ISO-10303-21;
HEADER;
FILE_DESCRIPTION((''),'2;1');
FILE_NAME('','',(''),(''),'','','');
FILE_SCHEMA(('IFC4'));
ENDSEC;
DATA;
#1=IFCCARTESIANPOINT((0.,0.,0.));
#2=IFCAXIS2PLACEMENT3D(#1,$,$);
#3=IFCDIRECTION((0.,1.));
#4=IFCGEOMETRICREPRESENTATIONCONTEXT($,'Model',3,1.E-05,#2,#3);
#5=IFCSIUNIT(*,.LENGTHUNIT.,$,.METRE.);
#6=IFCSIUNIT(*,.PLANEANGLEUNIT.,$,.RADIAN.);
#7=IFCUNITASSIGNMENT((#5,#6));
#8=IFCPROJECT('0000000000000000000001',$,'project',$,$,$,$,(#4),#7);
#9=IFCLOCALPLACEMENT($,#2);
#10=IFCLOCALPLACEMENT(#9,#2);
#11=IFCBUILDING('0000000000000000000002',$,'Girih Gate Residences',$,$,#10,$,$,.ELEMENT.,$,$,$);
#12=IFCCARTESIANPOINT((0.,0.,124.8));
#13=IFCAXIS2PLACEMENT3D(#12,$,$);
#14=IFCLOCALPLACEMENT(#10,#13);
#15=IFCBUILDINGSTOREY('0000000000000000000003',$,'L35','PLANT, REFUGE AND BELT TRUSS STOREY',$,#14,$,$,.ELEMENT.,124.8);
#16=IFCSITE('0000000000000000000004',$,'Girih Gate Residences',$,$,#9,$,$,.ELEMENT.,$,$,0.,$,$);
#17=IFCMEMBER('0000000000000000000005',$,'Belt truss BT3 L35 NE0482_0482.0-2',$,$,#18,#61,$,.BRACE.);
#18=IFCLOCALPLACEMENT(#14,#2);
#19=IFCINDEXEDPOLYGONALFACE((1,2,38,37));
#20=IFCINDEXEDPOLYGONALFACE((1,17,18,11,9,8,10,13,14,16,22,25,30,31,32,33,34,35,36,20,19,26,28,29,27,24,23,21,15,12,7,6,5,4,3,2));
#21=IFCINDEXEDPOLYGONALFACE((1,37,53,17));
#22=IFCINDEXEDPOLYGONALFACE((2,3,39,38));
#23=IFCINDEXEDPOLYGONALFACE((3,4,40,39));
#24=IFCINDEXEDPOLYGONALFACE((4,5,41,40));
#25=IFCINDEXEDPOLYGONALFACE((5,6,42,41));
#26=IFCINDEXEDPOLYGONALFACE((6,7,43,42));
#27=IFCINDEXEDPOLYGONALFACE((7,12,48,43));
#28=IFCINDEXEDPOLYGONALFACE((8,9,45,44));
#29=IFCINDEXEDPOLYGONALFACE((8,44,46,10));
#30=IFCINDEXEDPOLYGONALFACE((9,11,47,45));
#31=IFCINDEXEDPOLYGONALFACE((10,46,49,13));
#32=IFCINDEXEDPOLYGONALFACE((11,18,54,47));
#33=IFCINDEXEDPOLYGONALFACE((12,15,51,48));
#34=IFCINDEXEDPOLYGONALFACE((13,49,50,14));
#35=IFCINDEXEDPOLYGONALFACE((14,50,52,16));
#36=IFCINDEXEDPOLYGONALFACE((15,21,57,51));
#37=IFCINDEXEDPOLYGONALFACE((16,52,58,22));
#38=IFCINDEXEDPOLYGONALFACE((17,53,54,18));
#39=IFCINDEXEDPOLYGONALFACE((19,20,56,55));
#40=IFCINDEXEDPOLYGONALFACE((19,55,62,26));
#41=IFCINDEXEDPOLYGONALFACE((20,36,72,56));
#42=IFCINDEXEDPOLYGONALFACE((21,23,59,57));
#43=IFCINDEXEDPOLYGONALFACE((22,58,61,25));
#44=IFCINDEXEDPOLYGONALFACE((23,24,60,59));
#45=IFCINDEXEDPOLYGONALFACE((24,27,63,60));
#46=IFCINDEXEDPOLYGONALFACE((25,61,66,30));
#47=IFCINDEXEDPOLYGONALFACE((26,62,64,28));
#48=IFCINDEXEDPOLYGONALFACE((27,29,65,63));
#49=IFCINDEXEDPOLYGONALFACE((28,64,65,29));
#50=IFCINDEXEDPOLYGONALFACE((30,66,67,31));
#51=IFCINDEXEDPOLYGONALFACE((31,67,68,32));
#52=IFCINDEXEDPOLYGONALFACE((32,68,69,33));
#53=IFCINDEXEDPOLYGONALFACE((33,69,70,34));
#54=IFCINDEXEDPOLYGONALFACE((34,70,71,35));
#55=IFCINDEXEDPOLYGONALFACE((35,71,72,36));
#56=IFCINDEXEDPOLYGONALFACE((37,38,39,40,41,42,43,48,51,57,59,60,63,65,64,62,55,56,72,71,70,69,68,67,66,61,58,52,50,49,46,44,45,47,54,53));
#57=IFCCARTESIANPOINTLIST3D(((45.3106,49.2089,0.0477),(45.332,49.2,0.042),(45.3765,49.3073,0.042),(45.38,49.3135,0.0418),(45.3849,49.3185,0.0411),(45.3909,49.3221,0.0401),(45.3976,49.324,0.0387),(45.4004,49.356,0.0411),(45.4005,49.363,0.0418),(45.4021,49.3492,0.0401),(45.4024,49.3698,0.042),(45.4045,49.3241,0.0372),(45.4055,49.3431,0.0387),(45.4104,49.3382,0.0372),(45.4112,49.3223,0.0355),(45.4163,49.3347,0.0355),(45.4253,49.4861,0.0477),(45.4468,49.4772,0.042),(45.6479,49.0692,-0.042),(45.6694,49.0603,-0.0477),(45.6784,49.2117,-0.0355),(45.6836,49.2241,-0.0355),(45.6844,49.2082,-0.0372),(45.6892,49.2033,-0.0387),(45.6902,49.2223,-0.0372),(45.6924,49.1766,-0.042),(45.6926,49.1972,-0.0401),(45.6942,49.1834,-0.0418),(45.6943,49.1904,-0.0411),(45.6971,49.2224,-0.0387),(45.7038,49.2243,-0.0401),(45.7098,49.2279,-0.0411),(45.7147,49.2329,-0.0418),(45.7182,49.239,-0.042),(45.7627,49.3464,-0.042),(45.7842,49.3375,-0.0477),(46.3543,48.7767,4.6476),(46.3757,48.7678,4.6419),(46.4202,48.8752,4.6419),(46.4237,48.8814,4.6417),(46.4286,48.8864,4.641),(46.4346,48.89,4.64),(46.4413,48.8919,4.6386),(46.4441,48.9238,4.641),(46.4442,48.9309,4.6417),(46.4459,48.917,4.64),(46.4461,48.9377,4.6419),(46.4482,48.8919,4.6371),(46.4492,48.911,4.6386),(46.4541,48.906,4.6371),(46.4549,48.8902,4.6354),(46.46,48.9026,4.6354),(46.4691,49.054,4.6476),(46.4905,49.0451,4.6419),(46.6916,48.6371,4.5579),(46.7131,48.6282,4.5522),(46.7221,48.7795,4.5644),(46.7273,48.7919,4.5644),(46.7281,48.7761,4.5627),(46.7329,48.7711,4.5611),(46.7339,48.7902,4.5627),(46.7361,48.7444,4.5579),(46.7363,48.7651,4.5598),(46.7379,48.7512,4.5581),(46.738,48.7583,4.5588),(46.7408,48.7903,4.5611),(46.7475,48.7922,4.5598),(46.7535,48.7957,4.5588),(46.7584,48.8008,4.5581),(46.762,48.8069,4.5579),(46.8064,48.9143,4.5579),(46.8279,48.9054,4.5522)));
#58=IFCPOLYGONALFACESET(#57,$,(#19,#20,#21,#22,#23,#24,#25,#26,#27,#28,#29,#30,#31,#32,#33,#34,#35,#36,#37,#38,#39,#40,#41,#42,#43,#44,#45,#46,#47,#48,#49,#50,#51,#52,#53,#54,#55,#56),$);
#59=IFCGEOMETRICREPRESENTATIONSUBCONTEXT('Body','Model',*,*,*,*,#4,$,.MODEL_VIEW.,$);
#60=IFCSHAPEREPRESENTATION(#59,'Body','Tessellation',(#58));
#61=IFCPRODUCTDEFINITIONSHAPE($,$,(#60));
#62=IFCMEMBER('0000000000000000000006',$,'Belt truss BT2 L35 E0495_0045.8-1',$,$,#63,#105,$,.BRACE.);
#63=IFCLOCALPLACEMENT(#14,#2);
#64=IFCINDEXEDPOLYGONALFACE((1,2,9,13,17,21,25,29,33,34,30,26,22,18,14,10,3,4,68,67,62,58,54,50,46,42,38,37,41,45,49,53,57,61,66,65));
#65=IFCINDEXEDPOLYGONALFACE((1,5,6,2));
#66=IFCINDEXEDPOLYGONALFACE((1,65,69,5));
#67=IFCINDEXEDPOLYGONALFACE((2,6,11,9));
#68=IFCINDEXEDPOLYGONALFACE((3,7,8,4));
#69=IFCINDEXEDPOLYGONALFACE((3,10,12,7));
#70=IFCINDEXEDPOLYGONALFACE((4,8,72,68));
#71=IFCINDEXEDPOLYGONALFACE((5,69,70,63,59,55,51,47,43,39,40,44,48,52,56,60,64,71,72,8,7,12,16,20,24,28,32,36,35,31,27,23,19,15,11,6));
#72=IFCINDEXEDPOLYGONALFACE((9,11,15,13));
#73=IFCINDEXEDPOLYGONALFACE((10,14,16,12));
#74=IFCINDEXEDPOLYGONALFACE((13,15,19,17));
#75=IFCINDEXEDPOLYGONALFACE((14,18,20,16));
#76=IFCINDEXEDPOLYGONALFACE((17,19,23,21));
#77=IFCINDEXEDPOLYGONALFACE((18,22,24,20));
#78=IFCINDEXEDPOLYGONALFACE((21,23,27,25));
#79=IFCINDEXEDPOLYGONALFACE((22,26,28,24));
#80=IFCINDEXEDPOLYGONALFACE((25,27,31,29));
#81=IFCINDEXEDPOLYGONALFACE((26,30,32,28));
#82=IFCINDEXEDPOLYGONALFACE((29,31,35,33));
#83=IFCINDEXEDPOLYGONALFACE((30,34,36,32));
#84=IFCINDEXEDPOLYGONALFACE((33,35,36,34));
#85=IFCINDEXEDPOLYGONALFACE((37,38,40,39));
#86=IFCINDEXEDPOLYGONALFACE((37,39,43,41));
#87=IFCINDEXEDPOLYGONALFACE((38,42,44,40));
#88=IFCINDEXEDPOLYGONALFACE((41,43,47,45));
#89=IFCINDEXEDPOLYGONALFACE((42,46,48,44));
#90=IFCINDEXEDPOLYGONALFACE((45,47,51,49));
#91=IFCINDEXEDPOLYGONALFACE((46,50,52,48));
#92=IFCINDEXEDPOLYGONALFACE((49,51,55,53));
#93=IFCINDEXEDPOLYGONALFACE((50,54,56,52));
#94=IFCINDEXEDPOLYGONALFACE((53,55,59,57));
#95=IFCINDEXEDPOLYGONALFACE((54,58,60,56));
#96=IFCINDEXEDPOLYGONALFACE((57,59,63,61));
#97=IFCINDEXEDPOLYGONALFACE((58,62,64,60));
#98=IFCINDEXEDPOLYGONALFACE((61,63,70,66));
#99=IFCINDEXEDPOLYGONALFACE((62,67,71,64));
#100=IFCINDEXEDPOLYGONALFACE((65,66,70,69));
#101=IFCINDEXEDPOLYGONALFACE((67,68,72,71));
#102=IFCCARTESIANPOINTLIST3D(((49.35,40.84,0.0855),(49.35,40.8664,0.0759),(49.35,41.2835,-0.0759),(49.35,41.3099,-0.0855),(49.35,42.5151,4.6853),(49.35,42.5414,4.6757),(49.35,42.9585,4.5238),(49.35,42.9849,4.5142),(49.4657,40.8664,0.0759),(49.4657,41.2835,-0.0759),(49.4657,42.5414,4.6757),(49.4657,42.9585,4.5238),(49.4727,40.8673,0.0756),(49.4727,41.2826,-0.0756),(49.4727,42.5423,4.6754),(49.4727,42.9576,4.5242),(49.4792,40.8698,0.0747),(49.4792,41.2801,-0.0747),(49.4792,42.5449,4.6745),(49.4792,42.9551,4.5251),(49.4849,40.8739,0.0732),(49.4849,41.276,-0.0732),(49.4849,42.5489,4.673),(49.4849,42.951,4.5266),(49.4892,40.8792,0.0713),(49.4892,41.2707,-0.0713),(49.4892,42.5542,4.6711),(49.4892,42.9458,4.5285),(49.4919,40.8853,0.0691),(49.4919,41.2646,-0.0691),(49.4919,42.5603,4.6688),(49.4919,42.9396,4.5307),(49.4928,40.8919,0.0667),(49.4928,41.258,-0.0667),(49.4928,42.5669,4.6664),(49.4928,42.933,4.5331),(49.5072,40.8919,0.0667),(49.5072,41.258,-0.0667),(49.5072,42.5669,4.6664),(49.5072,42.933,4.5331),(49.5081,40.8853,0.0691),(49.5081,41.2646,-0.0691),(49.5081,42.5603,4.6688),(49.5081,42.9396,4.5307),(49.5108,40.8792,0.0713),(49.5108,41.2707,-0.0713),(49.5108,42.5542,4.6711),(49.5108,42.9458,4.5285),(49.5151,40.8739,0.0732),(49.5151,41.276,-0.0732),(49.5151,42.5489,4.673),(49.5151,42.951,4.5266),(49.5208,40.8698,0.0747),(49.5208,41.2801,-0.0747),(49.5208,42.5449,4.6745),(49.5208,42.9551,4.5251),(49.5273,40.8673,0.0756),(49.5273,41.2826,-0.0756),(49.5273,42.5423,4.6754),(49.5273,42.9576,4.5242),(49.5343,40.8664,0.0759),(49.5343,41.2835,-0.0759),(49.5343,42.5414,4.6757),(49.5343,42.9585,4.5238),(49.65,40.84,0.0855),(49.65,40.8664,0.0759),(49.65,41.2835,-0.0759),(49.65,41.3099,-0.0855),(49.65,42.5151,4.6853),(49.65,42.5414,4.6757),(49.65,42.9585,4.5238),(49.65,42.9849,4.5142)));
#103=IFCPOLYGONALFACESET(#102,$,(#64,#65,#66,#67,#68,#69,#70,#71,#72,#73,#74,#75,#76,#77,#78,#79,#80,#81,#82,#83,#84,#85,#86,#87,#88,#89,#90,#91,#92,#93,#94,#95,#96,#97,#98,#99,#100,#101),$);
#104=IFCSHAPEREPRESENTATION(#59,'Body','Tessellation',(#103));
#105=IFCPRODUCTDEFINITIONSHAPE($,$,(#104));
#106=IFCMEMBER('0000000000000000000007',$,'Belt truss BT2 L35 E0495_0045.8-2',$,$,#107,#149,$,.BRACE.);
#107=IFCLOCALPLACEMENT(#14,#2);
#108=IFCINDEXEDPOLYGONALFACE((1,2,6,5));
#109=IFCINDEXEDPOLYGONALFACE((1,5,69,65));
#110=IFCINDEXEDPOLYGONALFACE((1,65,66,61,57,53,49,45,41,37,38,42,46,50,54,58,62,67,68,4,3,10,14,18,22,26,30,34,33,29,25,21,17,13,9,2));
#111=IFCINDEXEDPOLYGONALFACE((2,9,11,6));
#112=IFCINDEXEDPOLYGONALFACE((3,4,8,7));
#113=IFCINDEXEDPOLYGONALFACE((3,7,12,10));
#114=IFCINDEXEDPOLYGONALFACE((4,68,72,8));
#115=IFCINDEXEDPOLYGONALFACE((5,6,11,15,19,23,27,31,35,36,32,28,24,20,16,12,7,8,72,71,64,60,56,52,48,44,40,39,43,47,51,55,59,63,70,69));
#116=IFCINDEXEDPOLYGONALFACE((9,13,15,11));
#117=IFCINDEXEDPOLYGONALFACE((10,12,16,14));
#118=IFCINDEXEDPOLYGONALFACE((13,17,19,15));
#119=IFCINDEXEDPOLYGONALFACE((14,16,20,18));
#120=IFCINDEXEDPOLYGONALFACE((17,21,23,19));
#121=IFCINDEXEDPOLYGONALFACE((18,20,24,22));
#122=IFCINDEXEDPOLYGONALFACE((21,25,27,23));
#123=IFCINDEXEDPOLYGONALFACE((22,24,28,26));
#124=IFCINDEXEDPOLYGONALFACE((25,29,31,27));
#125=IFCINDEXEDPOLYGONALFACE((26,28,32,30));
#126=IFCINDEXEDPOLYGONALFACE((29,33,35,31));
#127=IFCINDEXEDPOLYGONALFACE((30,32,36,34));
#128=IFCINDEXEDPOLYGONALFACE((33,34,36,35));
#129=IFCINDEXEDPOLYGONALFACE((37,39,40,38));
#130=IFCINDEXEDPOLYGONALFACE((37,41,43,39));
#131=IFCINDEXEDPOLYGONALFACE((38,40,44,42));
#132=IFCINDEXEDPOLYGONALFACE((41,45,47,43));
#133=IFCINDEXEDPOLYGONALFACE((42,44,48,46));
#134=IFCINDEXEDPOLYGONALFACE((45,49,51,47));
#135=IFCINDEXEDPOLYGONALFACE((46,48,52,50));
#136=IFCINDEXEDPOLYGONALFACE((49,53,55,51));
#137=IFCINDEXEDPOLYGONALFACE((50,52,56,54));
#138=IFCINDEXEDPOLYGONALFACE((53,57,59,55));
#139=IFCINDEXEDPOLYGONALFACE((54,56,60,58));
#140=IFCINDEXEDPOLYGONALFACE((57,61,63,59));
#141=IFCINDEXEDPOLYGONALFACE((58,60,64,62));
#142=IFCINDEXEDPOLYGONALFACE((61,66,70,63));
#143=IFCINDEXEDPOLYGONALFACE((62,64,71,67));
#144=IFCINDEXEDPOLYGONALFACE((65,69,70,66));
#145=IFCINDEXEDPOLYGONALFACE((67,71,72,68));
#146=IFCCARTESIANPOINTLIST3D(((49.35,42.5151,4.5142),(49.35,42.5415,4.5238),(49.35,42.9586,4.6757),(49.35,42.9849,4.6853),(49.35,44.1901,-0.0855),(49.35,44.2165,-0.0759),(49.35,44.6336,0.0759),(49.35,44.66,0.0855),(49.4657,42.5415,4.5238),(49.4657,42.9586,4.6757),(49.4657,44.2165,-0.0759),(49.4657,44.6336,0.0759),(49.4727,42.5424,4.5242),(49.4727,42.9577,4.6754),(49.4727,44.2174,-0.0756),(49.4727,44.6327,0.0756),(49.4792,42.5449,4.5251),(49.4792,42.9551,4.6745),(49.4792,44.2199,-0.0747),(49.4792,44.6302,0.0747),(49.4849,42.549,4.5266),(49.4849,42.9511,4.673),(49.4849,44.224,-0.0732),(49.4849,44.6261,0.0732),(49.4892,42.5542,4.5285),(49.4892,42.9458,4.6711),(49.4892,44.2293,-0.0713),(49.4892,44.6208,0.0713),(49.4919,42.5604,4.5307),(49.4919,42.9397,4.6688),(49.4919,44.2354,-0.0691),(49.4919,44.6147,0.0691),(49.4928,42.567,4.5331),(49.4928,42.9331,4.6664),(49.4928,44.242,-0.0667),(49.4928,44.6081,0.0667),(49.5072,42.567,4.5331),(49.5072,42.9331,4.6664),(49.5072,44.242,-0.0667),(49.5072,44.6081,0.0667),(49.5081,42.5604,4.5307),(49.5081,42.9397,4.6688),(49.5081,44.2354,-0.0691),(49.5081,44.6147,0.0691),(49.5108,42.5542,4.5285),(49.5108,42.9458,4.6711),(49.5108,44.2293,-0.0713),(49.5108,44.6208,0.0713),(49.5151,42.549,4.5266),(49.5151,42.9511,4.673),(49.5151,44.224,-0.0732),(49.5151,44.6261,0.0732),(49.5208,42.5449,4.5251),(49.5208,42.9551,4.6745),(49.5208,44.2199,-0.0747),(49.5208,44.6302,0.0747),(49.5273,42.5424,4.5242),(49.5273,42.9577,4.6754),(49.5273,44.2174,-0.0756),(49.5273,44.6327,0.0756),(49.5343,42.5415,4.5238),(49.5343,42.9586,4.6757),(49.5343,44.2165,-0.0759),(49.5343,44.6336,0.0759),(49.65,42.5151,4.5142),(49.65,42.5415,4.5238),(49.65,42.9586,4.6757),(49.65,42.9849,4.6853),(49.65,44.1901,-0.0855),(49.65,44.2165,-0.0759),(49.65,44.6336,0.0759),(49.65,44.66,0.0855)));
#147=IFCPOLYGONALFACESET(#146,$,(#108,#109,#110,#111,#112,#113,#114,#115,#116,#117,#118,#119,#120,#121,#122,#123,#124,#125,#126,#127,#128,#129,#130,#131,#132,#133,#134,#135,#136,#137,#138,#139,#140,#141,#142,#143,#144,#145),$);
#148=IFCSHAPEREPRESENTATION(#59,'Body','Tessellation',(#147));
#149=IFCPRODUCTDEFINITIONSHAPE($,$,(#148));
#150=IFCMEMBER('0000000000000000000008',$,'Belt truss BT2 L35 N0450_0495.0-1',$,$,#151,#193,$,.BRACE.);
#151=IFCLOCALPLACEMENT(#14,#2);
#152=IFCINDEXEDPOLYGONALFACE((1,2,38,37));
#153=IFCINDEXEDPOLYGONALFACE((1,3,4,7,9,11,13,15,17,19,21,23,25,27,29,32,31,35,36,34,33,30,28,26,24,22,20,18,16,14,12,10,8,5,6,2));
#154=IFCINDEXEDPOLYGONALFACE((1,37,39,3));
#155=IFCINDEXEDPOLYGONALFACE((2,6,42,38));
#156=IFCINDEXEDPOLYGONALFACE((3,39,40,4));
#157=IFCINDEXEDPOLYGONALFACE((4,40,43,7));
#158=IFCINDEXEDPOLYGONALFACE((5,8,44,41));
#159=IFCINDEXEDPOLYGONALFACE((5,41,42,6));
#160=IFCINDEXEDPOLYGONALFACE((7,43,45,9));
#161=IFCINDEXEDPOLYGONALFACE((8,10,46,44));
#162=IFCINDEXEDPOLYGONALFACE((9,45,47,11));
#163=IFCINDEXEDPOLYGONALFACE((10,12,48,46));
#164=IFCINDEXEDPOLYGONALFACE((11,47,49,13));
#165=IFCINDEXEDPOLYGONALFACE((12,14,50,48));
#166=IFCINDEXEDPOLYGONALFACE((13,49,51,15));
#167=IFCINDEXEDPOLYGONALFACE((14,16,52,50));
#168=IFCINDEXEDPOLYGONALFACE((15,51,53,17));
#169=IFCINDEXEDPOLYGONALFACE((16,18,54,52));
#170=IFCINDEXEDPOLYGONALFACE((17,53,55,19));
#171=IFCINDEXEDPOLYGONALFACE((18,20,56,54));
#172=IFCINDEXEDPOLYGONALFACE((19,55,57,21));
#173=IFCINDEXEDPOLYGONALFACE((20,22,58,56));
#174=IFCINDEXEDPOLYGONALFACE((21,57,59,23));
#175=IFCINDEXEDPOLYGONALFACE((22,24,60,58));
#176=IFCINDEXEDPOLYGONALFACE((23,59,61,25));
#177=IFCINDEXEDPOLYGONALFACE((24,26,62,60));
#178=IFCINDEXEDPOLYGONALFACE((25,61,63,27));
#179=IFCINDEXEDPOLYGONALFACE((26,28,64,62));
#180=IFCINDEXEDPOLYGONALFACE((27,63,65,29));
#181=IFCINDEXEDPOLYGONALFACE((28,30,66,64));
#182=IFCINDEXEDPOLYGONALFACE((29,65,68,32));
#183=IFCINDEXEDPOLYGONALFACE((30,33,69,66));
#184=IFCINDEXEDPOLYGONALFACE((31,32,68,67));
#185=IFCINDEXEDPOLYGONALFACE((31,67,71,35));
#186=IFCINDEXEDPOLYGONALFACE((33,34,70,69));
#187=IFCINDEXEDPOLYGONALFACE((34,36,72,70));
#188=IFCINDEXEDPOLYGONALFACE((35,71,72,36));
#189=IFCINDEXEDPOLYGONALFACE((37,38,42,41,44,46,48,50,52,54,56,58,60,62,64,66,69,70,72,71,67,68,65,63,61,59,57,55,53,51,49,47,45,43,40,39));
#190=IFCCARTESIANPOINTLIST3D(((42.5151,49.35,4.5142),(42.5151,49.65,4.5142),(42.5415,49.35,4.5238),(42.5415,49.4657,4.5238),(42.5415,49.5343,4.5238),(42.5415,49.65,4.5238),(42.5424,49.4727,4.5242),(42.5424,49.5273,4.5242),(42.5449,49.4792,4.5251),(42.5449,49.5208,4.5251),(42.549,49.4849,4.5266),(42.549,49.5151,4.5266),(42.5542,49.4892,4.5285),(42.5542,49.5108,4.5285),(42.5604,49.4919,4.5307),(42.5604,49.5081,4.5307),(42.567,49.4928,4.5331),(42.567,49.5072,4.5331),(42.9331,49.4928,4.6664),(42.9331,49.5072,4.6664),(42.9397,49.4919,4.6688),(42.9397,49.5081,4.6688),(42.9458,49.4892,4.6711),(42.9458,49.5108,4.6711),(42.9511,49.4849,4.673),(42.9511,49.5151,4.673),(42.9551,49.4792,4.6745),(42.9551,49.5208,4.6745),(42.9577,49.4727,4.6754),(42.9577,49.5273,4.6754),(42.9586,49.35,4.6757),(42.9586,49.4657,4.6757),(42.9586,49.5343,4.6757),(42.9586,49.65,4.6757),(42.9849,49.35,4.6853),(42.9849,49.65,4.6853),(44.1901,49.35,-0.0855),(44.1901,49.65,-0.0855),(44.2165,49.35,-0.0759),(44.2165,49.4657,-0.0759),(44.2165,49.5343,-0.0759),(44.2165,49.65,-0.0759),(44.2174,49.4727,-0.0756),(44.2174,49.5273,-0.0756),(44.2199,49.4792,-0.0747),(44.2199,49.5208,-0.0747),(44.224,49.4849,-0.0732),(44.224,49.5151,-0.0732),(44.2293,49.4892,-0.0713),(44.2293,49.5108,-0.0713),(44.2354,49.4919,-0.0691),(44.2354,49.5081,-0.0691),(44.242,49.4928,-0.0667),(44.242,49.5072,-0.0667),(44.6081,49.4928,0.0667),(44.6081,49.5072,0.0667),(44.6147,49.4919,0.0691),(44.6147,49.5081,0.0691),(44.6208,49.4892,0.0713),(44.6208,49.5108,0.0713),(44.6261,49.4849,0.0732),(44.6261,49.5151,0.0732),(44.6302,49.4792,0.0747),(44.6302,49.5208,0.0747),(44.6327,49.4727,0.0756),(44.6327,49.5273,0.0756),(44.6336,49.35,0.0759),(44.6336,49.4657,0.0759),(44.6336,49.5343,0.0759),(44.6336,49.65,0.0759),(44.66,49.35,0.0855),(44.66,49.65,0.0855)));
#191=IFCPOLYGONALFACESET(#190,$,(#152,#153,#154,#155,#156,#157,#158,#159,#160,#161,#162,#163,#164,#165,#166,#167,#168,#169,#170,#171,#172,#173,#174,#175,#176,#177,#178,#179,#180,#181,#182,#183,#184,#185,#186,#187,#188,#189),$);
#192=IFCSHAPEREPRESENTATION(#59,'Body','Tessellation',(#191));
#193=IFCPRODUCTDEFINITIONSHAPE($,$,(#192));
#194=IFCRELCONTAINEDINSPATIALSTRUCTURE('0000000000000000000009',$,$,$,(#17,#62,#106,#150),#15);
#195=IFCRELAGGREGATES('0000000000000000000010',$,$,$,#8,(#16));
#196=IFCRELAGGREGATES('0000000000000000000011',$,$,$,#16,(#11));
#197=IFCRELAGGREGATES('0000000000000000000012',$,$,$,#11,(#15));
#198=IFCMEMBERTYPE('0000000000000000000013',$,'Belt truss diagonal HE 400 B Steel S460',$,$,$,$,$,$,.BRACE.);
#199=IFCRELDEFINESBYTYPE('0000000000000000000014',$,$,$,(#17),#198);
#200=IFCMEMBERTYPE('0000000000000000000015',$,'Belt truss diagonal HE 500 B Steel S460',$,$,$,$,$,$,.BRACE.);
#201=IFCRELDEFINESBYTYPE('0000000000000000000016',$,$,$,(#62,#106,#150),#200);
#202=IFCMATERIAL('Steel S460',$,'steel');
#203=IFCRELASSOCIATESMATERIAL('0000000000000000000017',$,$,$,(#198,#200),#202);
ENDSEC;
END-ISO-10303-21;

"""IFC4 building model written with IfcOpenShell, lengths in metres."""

from ifc_helpers import new_model, si_unit, direction, frame, origin, origin_2d, place, context, subcontext, project, spatial, i_section, extrude, material, material_profile, profile_set, type_object, element, save


model = new_model("IFC4")

# Units and contexts
model_context = context("Model", 3, precision=1e-05, world=origin(), true_north=direction((0.0, 1.0)))
body_context = subcontext(model_context, "Body", "Model", "MODEL_VIEW")
ifc_project = project(units=[si_unit("LENGTHUNIT", "METRE"), si_unit("PLANEANGLEUNIT", "RADIAN")], contexts=[model_context])

# Site, building, storey
site_placement = place(None, origin())
site = spatial("IfcSite", under=ifc_project, at=site_placement, Name="Girih Gate Residences", CompositionType="ELEMENT", RefElevation=0.0)
building_placement = place(site_placement, origin())
building = spatial("IfcBuilding", under=site, at=building_placement, Name="Girih Gate Residences", CompositionType="ELEMENT")
storey_placement = place(building_placement, frame((0.0, 0.0, 124.8)))
storey = spatial("IfcBuildingStorey", under=building, at=storey_placement, Name="L35", Description="PLANT, REFUGE AND BELT TRUSS STOREY", CompositionType="ELEMENT", Elevation=124.8)

# Members
ifc_material_1 = material(Name="Steel S460", Category="steel")
ifc_material_profile_1 = material_profile(ifc_material_1, i_section(OverallWidth=0.3, OverallDepth=0.3999, WebThickness=0.0134, FlangeThickness=0.0239, FilletRadius=0.0271, at=origin_2d()))
ifc_profile_set_1 = profile_set([ifc_material_profile_1], Name="Steel S460")
member_type_1 = type_object("IfcMemberType", Name="Belt truss diagonal HE 400 B Steel S460", PredefinedType="BRACE", material=ifc_profile_set_1)
for number, where, z_axis, x_axis, name in (
    (1, (45.5474, 49.2732, 0.0), (0.220352, -0.091233, 0.971145), (0.382543, 0.923938, 0.0), "Belt truss BT3 L35 NE0482_0482.0-2"),
):
    element("IfcMember", number, at=place(storey_placement, frame(where, z_axis=z_axis, x_axis=x_axis)), inside=storey, type_object=member_type_1, Name=name, PredefinedType="BRACE", context=body_context, shape_type="SweptSolid", body=[
        extrude(i_section(OverallWidth=0.3, OverallDepth=0.3999, WebThickness=0.0134, FlangeThickness=0.0239, FilletRadius=0.0271, at=origin_2d()), origin(), (0.0, 0.0, 1.0), 4.7366),
    ])
ifc_material_profile_2 = material_profile(ifc_material_1, i_section(OverallWidth=0.3, OverallDepth=0.5, WebThickness=0.0144, FlangeThickness=0.0281, FilletRadius=0.0271, at=origin_2d()))
ifc_profile_set_2 = profile_set([ifc_material_profile_2], Name="Steel S460")
member_type_2 = type_object("IfcMemberType", Name="Belt truss diagonal HE 500 B Steel S460", PredefinedType="BRACE", material=ifc_profile_set_2)
for number, where, z_axis, x_axis, name in (
    (2, (49.5, 41.075, 0.0), (0.0, 0.342171, 0.939638), (-1.0, 0.0, 0.0), "Belt truss BT2 L35 E0495_0045.8-1"),
    (3, (49.5, 44.425, 0.0), (0.0, -0.342171, 0.939638), (1.0, 0.0, 0.0), "Belt truss BT2 L35 E0495_0045.8-2"),
    (4, (44.425, 49.5, 0.0), (-0.342171, 0.0, 0.939638), (0.0, -1.0, 0.0), "Belt truss BT2 L35 N0450_0495.0-1"),
):
    element("IfcMember", number, at=place(storey_placement, frame(where, z_axis=z_axis, x_axis=x_axis)), inside=storey, type_object=member_type_2, Name=name, PredefinedType="BRACE", context=body_context, shape_type="SweptSolid", body=[
        extrude(i_section(OverallWidth=0.3, OverallDepth=0.5, WebThickness=0.0144, FlangeThickness=0.0281, FilletRadius=0.0271, at=origin_2d()), origin(), (0.0, 0.0, 1.0), 4.8953),
    ])

save(model, "model.ifc")
